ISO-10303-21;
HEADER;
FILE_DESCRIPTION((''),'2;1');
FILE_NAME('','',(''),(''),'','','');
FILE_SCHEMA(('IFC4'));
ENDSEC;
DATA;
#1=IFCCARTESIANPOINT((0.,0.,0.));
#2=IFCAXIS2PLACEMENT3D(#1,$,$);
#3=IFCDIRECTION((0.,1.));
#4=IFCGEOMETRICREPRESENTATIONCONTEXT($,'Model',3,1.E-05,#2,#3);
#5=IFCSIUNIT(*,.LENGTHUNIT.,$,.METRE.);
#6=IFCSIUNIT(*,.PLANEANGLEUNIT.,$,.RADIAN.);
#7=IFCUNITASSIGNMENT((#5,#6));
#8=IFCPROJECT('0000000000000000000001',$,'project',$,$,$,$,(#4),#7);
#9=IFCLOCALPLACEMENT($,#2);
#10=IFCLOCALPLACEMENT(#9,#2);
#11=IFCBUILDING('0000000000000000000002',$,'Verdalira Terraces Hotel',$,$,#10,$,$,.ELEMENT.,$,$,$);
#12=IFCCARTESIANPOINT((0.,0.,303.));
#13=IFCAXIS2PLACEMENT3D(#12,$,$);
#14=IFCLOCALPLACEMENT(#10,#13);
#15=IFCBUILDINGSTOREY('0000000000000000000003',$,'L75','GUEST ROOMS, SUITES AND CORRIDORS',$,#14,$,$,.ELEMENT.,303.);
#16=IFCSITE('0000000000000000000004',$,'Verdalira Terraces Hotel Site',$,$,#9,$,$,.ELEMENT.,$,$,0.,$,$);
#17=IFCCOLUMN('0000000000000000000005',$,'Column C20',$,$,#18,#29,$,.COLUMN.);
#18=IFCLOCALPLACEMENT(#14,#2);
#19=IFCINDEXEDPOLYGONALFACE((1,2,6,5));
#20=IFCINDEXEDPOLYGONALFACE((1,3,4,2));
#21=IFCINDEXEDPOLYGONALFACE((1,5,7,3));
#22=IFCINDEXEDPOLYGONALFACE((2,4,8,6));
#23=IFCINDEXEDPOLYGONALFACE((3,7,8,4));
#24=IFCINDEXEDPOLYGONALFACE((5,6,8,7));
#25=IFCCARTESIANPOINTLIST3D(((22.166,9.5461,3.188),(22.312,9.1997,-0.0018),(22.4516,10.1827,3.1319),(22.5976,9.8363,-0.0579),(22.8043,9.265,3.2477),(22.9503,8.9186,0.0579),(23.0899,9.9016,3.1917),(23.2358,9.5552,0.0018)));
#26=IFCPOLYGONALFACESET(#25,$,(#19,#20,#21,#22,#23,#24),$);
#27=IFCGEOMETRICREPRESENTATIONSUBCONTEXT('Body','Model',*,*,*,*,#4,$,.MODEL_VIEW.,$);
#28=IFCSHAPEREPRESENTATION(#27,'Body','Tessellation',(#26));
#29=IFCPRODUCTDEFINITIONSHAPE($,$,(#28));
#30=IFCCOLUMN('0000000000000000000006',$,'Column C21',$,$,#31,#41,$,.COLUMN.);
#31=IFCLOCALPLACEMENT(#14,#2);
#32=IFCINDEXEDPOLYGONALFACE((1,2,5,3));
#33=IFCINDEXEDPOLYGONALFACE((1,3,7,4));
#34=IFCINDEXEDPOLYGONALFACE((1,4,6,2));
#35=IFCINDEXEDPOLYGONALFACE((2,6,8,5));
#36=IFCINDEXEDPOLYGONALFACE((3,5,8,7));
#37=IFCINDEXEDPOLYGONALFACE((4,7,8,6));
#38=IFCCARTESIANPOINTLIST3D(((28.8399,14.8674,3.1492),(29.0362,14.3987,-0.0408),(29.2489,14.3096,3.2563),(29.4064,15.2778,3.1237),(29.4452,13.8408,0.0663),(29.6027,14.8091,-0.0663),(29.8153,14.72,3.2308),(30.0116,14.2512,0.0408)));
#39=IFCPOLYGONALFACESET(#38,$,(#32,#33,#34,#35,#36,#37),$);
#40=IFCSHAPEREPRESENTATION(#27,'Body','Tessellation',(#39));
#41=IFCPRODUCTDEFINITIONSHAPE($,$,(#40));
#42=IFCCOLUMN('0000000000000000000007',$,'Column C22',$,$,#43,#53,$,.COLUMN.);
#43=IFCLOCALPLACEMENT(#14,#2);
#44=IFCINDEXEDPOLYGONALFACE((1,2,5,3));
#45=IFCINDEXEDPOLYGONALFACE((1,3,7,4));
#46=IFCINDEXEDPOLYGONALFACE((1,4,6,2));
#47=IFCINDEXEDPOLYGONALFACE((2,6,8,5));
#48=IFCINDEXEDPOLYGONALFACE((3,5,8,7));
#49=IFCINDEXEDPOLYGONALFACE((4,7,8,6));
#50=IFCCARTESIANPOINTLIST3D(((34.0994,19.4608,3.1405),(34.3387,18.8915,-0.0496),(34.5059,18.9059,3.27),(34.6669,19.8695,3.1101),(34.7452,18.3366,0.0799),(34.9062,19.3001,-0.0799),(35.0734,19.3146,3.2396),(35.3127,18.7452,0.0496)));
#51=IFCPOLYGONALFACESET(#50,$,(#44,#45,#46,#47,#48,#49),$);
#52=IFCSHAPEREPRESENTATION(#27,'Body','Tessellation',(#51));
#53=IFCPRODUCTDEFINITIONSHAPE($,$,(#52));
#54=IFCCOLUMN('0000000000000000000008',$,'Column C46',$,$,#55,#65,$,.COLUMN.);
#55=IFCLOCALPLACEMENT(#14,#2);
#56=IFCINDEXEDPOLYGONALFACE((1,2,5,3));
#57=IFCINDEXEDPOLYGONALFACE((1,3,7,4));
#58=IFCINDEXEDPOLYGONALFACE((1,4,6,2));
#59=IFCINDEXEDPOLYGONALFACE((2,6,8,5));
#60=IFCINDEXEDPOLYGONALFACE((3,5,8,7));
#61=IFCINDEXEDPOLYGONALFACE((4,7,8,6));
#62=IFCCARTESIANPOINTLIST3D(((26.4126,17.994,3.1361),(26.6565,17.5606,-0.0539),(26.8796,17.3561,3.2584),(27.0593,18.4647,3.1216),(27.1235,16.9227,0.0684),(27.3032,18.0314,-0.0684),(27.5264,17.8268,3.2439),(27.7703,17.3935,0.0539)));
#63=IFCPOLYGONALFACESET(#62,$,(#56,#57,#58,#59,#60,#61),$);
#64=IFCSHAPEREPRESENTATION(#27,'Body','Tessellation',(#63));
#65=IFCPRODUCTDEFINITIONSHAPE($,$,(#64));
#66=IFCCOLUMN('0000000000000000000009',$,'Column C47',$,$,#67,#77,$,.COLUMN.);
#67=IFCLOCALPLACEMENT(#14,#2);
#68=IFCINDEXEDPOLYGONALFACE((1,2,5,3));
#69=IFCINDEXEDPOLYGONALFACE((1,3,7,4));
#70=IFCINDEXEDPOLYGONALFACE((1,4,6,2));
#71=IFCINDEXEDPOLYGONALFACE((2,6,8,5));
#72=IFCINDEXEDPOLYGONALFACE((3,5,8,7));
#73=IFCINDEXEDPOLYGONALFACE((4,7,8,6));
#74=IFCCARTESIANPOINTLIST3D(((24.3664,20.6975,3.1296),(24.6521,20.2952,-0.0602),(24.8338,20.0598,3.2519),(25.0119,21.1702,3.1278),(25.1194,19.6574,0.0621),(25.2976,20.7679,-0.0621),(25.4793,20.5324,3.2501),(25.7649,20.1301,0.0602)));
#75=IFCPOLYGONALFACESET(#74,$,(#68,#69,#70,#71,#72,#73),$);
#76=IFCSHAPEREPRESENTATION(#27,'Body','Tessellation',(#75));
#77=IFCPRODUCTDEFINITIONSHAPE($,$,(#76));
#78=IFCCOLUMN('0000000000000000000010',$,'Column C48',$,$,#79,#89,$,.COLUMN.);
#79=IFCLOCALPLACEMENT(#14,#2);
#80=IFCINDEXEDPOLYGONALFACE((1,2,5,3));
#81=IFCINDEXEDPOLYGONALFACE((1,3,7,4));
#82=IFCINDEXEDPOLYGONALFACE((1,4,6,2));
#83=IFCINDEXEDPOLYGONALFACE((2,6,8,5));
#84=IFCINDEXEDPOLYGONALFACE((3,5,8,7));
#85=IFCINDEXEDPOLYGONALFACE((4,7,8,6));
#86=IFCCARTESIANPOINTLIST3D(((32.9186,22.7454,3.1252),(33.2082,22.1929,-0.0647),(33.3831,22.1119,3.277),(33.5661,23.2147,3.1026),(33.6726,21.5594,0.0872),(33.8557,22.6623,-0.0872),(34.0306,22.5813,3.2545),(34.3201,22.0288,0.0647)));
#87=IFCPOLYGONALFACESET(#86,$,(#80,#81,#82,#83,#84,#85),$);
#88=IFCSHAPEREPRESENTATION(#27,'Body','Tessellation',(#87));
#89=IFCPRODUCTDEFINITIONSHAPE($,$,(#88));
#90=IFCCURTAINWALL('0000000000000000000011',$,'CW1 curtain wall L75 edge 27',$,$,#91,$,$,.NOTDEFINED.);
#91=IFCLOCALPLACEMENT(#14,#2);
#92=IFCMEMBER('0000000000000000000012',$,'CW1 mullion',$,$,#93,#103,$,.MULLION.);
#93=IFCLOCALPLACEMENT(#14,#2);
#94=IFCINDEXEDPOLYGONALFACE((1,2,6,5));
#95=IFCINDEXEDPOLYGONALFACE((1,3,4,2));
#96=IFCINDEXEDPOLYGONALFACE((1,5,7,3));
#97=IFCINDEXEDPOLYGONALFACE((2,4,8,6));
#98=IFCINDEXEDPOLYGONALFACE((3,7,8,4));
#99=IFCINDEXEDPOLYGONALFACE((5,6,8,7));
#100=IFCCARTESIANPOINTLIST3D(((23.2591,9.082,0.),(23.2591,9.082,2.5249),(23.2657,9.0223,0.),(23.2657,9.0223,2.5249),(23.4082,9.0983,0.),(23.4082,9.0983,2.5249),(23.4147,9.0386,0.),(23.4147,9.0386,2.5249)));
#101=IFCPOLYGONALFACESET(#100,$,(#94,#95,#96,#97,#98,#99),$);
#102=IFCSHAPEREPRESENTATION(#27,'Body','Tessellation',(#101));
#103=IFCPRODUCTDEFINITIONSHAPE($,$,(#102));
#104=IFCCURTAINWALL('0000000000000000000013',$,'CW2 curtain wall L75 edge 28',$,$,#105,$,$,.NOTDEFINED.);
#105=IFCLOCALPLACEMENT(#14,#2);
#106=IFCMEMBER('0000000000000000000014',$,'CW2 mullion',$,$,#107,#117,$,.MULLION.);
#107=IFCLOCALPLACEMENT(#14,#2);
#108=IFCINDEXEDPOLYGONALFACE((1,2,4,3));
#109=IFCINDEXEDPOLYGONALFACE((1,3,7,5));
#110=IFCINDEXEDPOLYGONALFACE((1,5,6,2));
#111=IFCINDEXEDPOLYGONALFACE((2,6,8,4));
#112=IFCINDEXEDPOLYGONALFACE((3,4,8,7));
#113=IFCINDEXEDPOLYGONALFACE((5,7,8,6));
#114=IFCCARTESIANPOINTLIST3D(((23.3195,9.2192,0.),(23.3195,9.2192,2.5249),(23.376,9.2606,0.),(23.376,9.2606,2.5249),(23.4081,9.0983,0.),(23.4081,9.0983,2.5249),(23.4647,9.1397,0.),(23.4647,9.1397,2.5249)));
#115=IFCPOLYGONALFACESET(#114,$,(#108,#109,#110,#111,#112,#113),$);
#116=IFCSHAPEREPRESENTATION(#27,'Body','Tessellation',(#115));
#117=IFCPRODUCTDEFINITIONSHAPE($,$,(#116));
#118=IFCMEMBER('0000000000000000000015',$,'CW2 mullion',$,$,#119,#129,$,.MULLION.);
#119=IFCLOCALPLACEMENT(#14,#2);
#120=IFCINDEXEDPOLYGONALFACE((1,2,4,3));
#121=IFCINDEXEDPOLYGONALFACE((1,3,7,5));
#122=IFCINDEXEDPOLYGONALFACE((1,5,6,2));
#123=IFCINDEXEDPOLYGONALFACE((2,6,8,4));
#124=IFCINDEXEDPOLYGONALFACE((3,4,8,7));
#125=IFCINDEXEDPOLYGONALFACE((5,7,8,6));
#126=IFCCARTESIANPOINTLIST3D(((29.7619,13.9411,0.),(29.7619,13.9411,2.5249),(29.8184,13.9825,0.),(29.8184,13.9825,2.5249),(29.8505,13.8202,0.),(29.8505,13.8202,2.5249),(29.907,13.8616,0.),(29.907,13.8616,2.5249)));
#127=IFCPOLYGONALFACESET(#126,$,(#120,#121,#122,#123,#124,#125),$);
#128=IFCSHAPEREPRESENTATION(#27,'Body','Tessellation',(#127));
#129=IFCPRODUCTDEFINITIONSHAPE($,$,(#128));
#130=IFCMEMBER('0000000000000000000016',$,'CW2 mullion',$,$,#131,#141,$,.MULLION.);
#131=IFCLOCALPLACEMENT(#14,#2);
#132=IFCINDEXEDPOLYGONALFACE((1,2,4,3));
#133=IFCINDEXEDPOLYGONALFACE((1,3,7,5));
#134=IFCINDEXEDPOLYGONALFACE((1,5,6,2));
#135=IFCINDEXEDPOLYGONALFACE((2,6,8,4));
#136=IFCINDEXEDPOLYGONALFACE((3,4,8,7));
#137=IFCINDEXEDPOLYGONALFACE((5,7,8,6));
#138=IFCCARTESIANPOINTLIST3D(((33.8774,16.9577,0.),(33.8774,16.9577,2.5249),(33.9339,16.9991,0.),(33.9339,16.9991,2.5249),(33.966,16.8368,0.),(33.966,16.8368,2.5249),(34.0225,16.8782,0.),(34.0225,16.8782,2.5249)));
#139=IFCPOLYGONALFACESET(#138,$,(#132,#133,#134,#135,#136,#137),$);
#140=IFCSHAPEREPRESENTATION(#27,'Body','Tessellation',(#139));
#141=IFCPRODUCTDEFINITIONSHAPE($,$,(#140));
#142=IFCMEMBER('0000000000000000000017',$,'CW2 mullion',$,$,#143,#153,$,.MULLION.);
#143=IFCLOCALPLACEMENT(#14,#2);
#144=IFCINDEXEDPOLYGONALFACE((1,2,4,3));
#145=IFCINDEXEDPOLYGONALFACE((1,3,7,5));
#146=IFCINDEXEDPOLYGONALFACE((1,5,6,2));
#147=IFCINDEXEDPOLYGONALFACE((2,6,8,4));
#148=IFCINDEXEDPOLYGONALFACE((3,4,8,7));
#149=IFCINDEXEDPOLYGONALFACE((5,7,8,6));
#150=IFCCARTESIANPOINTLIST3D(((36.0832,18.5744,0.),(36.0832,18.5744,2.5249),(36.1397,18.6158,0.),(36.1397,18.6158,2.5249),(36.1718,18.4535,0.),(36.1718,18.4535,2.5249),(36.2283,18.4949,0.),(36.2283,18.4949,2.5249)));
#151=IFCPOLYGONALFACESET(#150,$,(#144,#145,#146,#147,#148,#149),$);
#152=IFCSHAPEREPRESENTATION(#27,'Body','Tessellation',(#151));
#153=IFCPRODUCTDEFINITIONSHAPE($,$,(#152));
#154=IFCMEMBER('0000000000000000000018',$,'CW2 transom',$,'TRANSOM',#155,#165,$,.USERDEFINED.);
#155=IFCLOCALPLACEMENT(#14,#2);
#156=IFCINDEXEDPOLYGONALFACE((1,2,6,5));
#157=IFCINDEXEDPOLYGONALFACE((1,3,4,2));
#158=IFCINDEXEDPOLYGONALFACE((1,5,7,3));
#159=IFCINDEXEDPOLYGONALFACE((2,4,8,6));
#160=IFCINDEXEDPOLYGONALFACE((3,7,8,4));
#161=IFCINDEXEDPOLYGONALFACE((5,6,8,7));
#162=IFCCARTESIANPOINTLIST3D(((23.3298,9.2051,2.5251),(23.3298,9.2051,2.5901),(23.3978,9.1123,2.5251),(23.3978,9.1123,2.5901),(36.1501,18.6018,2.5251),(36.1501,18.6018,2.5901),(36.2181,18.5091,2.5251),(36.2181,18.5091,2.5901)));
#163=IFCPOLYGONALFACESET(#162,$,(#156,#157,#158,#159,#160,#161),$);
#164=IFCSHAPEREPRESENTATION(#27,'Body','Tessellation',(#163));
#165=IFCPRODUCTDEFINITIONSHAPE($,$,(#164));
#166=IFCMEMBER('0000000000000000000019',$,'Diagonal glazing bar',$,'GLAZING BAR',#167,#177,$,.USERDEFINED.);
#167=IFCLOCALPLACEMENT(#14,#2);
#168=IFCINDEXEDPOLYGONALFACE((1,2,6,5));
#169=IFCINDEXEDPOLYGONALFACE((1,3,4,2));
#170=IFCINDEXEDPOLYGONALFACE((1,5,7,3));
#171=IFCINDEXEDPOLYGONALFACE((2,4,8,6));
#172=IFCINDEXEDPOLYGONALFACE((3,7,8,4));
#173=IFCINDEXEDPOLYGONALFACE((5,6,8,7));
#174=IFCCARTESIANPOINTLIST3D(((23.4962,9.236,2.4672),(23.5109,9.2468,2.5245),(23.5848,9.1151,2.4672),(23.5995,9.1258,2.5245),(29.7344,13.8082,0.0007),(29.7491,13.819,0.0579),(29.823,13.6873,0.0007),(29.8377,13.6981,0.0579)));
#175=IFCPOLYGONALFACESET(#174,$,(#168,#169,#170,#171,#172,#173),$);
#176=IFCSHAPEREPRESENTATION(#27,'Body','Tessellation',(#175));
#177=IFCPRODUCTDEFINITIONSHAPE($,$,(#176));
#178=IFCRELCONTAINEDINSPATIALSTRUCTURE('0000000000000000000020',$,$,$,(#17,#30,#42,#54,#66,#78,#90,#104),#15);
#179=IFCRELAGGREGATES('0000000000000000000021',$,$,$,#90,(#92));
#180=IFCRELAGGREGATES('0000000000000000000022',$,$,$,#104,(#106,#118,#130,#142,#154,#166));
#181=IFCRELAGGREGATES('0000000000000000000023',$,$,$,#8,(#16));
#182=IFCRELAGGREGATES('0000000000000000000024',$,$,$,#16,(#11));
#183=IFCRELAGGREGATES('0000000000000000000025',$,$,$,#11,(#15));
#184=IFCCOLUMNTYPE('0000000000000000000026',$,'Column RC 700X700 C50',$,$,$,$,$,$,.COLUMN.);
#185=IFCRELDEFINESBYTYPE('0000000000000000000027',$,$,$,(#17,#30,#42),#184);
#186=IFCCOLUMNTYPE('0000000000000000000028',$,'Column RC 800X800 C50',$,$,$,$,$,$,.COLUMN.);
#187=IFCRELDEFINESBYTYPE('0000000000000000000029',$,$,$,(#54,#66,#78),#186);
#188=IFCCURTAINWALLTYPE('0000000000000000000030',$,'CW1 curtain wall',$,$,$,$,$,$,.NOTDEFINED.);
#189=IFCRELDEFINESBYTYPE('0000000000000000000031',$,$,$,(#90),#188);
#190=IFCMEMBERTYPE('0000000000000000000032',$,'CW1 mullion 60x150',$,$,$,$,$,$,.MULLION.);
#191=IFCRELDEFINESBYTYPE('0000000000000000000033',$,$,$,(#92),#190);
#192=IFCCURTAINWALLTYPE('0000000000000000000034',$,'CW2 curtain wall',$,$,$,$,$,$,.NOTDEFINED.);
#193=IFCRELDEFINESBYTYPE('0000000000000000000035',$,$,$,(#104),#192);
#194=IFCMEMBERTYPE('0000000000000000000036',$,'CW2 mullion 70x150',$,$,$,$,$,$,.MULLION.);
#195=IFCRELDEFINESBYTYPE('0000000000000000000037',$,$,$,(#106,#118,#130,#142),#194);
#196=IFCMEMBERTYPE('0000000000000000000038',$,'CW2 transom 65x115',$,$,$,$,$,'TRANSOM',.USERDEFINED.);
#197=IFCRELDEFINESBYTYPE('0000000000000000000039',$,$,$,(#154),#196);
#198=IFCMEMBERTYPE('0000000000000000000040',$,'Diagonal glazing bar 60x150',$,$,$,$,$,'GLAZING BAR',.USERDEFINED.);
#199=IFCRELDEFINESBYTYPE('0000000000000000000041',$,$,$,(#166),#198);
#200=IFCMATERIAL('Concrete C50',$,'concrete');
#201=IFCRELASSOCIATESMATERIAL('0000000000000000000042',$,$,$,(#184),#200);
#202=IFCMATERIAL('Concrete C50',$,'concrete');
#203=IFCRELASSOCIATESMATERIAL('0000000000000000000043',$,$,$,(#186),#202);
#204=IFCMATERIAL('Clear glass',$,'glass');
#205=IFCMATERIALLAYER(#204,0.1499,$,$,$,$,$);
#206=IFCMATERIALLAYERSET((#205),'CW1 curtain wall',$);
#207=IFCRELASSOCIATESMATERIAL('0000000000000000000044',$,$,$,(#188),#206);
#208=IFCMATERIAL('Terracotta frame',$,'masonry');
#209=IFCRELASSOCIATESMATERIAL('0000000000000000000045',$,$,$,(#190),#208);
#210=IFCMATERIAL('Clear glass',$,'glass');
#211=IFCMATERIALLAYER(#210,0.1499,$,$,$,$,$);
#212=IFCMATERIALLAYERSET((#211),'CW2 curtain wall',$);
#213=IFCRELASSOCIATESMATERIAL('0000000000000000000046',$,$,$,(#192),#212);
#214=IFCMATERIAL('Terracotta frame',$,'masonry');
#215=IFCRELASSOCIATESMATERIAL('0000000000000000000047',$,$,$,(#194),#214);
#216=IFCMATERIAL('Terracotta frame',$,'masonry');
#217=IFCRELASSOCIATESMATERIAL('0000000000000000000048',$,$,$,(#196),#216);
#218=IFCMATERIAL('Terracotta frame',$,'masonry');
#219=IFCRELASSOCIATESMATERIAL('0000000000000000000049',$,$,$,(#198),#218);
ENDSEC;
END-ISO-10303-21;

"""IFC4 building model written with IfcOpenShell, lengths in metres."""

from ifc_helpers import new_model, si_unit, direction, frame, origin, origin_2d, place, context, subcontext, project, spatial, rectangle, extrude, material, layer, layer_set, material_profile, profile_set, type_object, element, aggregate, save


model = new_model("IFC4")

# Units and contexts
model_context = context("Model", 3, precision=1e-05, world=origin(), true_north=direction((0.0, 1.0)))
body_context = subcontext(model_context, "Body", "Model", "MODEL_VIEW")
ifc_project = project(units=[si_unit("LENGTHUNIT", "METRE"), si_unit("PLANEANGLEUNIT", "RADIAN")], contexts=[model_context])

# Site, building, storey
site_placement = place(None, origin())
site = spatial("IfcSite", under=ifc_project, at=site_placement, Name="Verdalira Terraces Hotel Site", CompositionType="ELEMENT", RefElevation=0.0)
building_placement = place(site_placement, origin())
building = spatial("IfcBuilding", under=site, at=building_placement, Name="Verdalira Terraces Hotel", CompositionType="ELEMENT")
storey_placement = place(building_placement, frame((0.0, 0.0, 303.0)))
storey = spatial("IfcBuildingStorey", under=building, at=storey_placement, Name="L75", Description="GUEST ROOMS, SUITES AND CORRIDORS", CompositionType="ELEMENT", Elevation=303.0)

# Columns
ifc_material_1 = material(Name="Concrete C50", Category="concrete")
ifc_material_profile_1 = material_profile(ifc_material_1, rectangle(XDim=0.7, YDim=0.7, at=origin_2d()), Name="RC 700X700")
ifc_profile_set_1 = profile_set([ifc_material_profile_1], Name="Concrete C50")
column_type_1 = type_object("IfcColumnType", Name="Column RC 700X700 C50", PredefinedType="COLUMN", material=ifc_profile_set_1)
column_1_placement = place(storey_placement, frame((22.7739, 9.3774, 0.0), z_axis=(-0.045453, 0.107856, 0.993127), x_axis=(-0.408011, -0.909457, 0.080096)))
element("IfcColumn", 1, at=column_1_placement, inside=storey, type_object=column_type_1, Name="Column C20", PredefinedType="COLUMN", context=body_context, shape_type="SweptSolid", body=[
    extrude(rectangle(XDim=0.7, YDim=0.7, at=origin_2d()), origin(), (0.0, 0.0, 1.0), 3.2119),
])
column_2_placement = place(storey_placement, frame((29.5239, 14.325, 0.0), z_axis=(-0.060767, 0.145116, 0.987547), x_axis=(0.809257, 0.586328, -0.036362)))
element("IfcColumn", 2, at=column_2_placement, inside=storey, type_object=column_type_1, Name="Column C21", PredefinedType="COLUMN", context=body_context, shape_type="SweptSolid", body=[
    extrude(rectangle(XDim=0.7, YDim=0.7, at=origin_2d()), origin(), (0.0, 0.0, 1.0), 3.2302),
])
column_3_placement = place(storey_placement, frame((34.8257, 18.8184, 0.0), z_axis=(-0.073637, 0.175225, 0.981771), x_axis=(0.810718, 0.583827, -0.043394)))
element("IfcColumn", 3, at=column_3_placement, inside=storey, type_object=column_type_1, Name="Column C22", PredefinedType="COLUMN", context=body_context, shape_type="SweptSolid", body=[
    extrude(rectangle(XDim=0.7, YDim=0.7, at=origin_2d()), origin(), (0.0, 0.0, 1.0), 3.2493),
])
ifc_material_2 = material(Name="Concrete C50", Category="concrete")
ifc_material_profile_2 = material_profile(ifc_material_2, rectangle(XDim=0.8, YDim=0.8, at=origin_2d()), Name="RC 800X800")
ifc_profile_set_2 = profile_set([ifc_material_profile_2], Name="Concrete C50")
column_type_2 = type_object("IfcColumnType", Name="Column RC 800X800 C50", PredefinedType="COLUMN", material=ifc_profile_set_2)
column_4_placement = place(storey_placement, frame((27.2134, 17.4771, 0.0), z_axis=(-0.075546, 0.134228, 0.988067), x_axis=(0.808378, 0.588385, -0.018124)))
element("IfcColumn", 4, at=column_4_placement, inside=storey, type_object=column_type_2, Name="Column C46", PredefinedType="COLUMN", context=body_context, shape_type="SweptSolid", body=[
    extrude(rectangle(XDim=0.8, YDim=0.8, at=origin_2d()), origin(), (0.0, 0.0, 1.0), 3.2285),
])
column_5_placement = place(storey_placement, frame((25.2085, 20.2126, 0.0), z_axis=(-0.088493, 0.124646, 0.988247), x_axis=(0.806808, 0.59081, -0.002272)))
element("IfcColumn", 5, at=column_5_placement, inside=storey, type_object=column_type_2, Name="Column C47", PredefinedType="COLUMN", context=body_context, shape_type="SweptSolid", body=[
    extrude(rectangle(XDim=0.8, YDim=0.8, at=origin_2d()), origin(), (0.0, 0.0, 1.0), 3.2278),
])
column_6_placement = place(storey_placement, frame((33.7642, 22.1108, 0.0), z_axis=(-0.089083, 0.169978, 0.981413), x_axis=(0.809345, 0.586659, -0.028144)))
element("IfcColumn", 6, at=column_6_placement, inside=storey, type_object=column_type_2, Name="Column C48", PredefinedType="COLUMN", context=body_context, shape_type="SweptSolid", body=[
    extrude(rectangle(XDim=0.8, YDim=0.8, at=origin_2d()), origin(), (0.0, 0.0, 1.0), 3.2502),
])

# Curtain wall, member
ifc_material_3 = material(Name="Clear glass", Category="glass")
ifc_layer_1 = layer(ifc_material_3, 0.1499)
ifc_layer_set_1 = layer_set([ifc_layer_1], Name="CW1 curtain wall")
curtain_wall_type_1 = type_object("IfcCurtainWallType", Name="CW1 curtain wall", PredefinedType="NOTDEFINED", material=ifc_layer_set_1)
curtain_wall_1_placement = place(storey_placement, origin())
curtain_wall_1 = element("IfcCurtainWall", 7, at=curtain_wall_1_placement, inside=storey, type_object=curtain_wall_type_1, Name="CW1 curtain wall L75 edge 27", PredefinedType="NOTDEFINED")
ifc_material_4 = material(Name="Terracotta frame", Category="masonry")
ifc_material_profile_3 = material_profile(ifc_material_4, rectangle(XDim=0.0601, YDim=0.1499, at=origin_2d()), Name="MU 60x150")
ifc_profile_set_3 = profile_set([ifc_material_profile_3], Name="Terracotta frame")
member_type_1 = type_object("IfcMemberType", Name="CW1 mullion 60x150", PredefinedType="MULLION", material=ifc_profile_set_3)
member_1_placement = place(storey_placement, frame((23.3369, 9.0603, 0.0), z_axis=(0.0, 0.0, 1.0), x_axis=(-0.108693, 0.994075, 0.0)))
member_1 = element("IfcMember", 8, at=member_1_placement, type_object=member_type_1, Name="CW1 mullion", PredefinedType="MULLION", context=body_context, shape_type="SweptSolid", body=[
    extrude(rectangle(XDim=0.0601, YDim=0.1499, at=origin_2d()), origin(), (0.0, 0.0, 1.0), 2.5249),
])

# Curtain wall, members
ifc_material_5 = material(Name="Clear glass", Category="glass")
ifc_layer_2 = layer(ifc_material_5, 0.1499)
ifc_layer_set_2 = layer_set([ifc_layer_2], Name="CW2 curtain wall")
curtain_wall_type_2 = type_object("IfcCurtainWallType", Name="CW2 curtain wall", PredefinedType="NOTDEFINED", material=ifc_layer_set_2)
curtain_wall_2_placement = place(storey_placement, origin())
curtain_wall_2 = element("IfcCurtainWall", 9, at=curtain_wall_2_placement, inside=storey, type_object=curtain_wall_type_2, Name="CW2 curtain wall L75 edge 28", PredefinedType="NOTDEFINED")
ifc_material_6 = material(Name="Terracotta frame", Category="masonry")
ifc_material_profile_4 = material_profile(ifc_material_6, rectangle(XDim=0.0701, YDim=0.1499, at=origin_2d()), Name="MU 70x150")
ifc_profile_set_4 = profile_set([ifc_material_profile_4], Name="Terracotta frame")
member_type_2 = type_object("IfcMemberType", Name="CW2 mullion 70x150", PredefinedType="MULLION", material=ifc_profile_set_4)
member_2_placement = place(storey_placement, frame((23.3921, 9.1794, 0.0), z_axis=(0.0, 0.0, 1.0), x_axis=(0.806548, 0.591169, 0.0)))
member_2 = element("IfcMember", 10, at=member_2_placement, type_object=member_type_2, Name="CW2 mullion", PredefinedType="MULLION", context=body_context, shape_type="SweptSolid", body=[
    extrude(rectangle(XDim=0.0701, YDim=0.1499, at=origin_2d()), origin(), (0.0, 0.0, 1.0), 2.5249),
])
member_3_placement = place(storey_placement, frame((29.8345, 13.9014, 0.0), z_axis=(0.0, 0.0, 1.0), x_axis=(0.806548, 0.591169, 0.0)))
member_3 = element("IfcMember", 11, at=member_3_placement, type_object=member_type_2, Name="CW2 mullion", PredefinedType="MULLION", context=body_context, shape_type="SweptSolid", body=[
    extrude(rectangle(XDim=0.0701, YDim=0.1499, at=origin_2d()), origin(), (0.0, 0.0, 1.0), 2.5249),
])
member_4_placement = place(storey_placement, frame((33.95, 16.918, 0.0), z_axis=(0.0, 0.0, 1.0), x_axis=(0.806548, 0.591169, 0.0)))
member_4 = element("IfcMember", 12, at=member_4_placement, type_object=member_type_2, Name="CW2 mullion", PredefinedType="MULLION", context=body_context, shape_type="SweptSolid", body=[
    extrude(rectangle(XDim=0.0701, YDim=0.1499, at=origin_2d()), origin(), (0.0, 0.0, 1.0), 2.5249),
])
member_5_placement = place(storey_placement, frame((36.1558, 18.5347, 0.0), z_axis=(0.0, 0.0, 1.0), x_axis=(0.806548, 0.591169, 0.0)))
member_5 = element("IfcMember", 13, at=member_5_placement, type_object=member_type_2, Name="CW2 mullion", PredefinedType="MULLION", context=body_context, shape_type="SweptSolid", body=[
    extrude(rectangle(XDim=0.0701, YDim=0.1499, at=origin_2d()), origin(), (0.0, 0.0, 1.0), 2.5249),
])
ifc_material_7 = material(Name="Terracotta frame", Category="masonry")
ifc_material_profile_5 = material_profile(ifc_material_7, rectangle(XDim=0.115, YDim=0.0649, at=origin_2d()), Name="TR 65x115")
ifc_profile_set_5 = profile_set([ifc_material_profile_5], Name="Terracotta frame")
member_type_3 = type_object("IfcMemberType", Name="CW2 transom 65x115", ElementType="TRANSOM", PredefinedType="USERDEFINED", material=ifc_profile_set_5)
member_6_placement = place(storey_placement, frame((23.3638, 9.1587, 2.5576), z_axis=(0.80655, 0.591166, 0.0), x_axis=(-0.591166, 0.80655, 0.0)))
member_6 = element("IfcMember", 14, at=member_6_placement, type_object=member_type_3, Name="CW2 transom", ObjectType="TRANSOM", PredefinedType="USERDEFINED", context=body_context, shape_type="SweptSolid", body=[
    extrude(rectangle(XDim=0.115, YDim=0.0649, at=origin_2d()), origin(), (0.0, 0.0, 1.0), 15.8953),
])
ifc_material_8 = material(Name="Terracotta frame", Category="masonry")
ifc_material_profile_6 = material_profile(ifc_material_8, rectangle(XDim=0.1499, YDim=0.0601, at=origin_2d()), Name="GB 60x150")
ifc_profile_set_6 = profile_set([ifc_material_profile_6], Name="Terracotta frame")
member_type_4 = type_object("IfcMemberType", Name="Diagonal glazing bar 60x150", ElementType="GLAZING BAR", PredefinedType="USERDEFINED", material=ifc_profile_set_6)
member_7_placement = place(storey_placement, frame((23.5479, 9.1809, 2.4958), z_axis=(0.768429, 0.56321, -0.303829), x_axis=(-0.591156, 0.806558, 0.0)))
member_7 = element("IfcMember", 15, at=member_7_placement, type_object=member_type_4, Name="Diagonal glazing bar", ObjectType="GLAZING BAR", PredefinedType="USERDEFINED", context=body_context, shape_type="SweptSolid", body=[
    extrude(rectangle(XDim=0.1499, YDim=0.0601, at=origin_2d()), origin(), (0.0, 0.0, 1.0), 8.1182),
])

aggregate(curtain_wall_1, [member_1])
aggregate(curtain_wall_2, [member_2, member_3, member_4, member_5, member_6, member_7])

save(model, "model.ifc")
